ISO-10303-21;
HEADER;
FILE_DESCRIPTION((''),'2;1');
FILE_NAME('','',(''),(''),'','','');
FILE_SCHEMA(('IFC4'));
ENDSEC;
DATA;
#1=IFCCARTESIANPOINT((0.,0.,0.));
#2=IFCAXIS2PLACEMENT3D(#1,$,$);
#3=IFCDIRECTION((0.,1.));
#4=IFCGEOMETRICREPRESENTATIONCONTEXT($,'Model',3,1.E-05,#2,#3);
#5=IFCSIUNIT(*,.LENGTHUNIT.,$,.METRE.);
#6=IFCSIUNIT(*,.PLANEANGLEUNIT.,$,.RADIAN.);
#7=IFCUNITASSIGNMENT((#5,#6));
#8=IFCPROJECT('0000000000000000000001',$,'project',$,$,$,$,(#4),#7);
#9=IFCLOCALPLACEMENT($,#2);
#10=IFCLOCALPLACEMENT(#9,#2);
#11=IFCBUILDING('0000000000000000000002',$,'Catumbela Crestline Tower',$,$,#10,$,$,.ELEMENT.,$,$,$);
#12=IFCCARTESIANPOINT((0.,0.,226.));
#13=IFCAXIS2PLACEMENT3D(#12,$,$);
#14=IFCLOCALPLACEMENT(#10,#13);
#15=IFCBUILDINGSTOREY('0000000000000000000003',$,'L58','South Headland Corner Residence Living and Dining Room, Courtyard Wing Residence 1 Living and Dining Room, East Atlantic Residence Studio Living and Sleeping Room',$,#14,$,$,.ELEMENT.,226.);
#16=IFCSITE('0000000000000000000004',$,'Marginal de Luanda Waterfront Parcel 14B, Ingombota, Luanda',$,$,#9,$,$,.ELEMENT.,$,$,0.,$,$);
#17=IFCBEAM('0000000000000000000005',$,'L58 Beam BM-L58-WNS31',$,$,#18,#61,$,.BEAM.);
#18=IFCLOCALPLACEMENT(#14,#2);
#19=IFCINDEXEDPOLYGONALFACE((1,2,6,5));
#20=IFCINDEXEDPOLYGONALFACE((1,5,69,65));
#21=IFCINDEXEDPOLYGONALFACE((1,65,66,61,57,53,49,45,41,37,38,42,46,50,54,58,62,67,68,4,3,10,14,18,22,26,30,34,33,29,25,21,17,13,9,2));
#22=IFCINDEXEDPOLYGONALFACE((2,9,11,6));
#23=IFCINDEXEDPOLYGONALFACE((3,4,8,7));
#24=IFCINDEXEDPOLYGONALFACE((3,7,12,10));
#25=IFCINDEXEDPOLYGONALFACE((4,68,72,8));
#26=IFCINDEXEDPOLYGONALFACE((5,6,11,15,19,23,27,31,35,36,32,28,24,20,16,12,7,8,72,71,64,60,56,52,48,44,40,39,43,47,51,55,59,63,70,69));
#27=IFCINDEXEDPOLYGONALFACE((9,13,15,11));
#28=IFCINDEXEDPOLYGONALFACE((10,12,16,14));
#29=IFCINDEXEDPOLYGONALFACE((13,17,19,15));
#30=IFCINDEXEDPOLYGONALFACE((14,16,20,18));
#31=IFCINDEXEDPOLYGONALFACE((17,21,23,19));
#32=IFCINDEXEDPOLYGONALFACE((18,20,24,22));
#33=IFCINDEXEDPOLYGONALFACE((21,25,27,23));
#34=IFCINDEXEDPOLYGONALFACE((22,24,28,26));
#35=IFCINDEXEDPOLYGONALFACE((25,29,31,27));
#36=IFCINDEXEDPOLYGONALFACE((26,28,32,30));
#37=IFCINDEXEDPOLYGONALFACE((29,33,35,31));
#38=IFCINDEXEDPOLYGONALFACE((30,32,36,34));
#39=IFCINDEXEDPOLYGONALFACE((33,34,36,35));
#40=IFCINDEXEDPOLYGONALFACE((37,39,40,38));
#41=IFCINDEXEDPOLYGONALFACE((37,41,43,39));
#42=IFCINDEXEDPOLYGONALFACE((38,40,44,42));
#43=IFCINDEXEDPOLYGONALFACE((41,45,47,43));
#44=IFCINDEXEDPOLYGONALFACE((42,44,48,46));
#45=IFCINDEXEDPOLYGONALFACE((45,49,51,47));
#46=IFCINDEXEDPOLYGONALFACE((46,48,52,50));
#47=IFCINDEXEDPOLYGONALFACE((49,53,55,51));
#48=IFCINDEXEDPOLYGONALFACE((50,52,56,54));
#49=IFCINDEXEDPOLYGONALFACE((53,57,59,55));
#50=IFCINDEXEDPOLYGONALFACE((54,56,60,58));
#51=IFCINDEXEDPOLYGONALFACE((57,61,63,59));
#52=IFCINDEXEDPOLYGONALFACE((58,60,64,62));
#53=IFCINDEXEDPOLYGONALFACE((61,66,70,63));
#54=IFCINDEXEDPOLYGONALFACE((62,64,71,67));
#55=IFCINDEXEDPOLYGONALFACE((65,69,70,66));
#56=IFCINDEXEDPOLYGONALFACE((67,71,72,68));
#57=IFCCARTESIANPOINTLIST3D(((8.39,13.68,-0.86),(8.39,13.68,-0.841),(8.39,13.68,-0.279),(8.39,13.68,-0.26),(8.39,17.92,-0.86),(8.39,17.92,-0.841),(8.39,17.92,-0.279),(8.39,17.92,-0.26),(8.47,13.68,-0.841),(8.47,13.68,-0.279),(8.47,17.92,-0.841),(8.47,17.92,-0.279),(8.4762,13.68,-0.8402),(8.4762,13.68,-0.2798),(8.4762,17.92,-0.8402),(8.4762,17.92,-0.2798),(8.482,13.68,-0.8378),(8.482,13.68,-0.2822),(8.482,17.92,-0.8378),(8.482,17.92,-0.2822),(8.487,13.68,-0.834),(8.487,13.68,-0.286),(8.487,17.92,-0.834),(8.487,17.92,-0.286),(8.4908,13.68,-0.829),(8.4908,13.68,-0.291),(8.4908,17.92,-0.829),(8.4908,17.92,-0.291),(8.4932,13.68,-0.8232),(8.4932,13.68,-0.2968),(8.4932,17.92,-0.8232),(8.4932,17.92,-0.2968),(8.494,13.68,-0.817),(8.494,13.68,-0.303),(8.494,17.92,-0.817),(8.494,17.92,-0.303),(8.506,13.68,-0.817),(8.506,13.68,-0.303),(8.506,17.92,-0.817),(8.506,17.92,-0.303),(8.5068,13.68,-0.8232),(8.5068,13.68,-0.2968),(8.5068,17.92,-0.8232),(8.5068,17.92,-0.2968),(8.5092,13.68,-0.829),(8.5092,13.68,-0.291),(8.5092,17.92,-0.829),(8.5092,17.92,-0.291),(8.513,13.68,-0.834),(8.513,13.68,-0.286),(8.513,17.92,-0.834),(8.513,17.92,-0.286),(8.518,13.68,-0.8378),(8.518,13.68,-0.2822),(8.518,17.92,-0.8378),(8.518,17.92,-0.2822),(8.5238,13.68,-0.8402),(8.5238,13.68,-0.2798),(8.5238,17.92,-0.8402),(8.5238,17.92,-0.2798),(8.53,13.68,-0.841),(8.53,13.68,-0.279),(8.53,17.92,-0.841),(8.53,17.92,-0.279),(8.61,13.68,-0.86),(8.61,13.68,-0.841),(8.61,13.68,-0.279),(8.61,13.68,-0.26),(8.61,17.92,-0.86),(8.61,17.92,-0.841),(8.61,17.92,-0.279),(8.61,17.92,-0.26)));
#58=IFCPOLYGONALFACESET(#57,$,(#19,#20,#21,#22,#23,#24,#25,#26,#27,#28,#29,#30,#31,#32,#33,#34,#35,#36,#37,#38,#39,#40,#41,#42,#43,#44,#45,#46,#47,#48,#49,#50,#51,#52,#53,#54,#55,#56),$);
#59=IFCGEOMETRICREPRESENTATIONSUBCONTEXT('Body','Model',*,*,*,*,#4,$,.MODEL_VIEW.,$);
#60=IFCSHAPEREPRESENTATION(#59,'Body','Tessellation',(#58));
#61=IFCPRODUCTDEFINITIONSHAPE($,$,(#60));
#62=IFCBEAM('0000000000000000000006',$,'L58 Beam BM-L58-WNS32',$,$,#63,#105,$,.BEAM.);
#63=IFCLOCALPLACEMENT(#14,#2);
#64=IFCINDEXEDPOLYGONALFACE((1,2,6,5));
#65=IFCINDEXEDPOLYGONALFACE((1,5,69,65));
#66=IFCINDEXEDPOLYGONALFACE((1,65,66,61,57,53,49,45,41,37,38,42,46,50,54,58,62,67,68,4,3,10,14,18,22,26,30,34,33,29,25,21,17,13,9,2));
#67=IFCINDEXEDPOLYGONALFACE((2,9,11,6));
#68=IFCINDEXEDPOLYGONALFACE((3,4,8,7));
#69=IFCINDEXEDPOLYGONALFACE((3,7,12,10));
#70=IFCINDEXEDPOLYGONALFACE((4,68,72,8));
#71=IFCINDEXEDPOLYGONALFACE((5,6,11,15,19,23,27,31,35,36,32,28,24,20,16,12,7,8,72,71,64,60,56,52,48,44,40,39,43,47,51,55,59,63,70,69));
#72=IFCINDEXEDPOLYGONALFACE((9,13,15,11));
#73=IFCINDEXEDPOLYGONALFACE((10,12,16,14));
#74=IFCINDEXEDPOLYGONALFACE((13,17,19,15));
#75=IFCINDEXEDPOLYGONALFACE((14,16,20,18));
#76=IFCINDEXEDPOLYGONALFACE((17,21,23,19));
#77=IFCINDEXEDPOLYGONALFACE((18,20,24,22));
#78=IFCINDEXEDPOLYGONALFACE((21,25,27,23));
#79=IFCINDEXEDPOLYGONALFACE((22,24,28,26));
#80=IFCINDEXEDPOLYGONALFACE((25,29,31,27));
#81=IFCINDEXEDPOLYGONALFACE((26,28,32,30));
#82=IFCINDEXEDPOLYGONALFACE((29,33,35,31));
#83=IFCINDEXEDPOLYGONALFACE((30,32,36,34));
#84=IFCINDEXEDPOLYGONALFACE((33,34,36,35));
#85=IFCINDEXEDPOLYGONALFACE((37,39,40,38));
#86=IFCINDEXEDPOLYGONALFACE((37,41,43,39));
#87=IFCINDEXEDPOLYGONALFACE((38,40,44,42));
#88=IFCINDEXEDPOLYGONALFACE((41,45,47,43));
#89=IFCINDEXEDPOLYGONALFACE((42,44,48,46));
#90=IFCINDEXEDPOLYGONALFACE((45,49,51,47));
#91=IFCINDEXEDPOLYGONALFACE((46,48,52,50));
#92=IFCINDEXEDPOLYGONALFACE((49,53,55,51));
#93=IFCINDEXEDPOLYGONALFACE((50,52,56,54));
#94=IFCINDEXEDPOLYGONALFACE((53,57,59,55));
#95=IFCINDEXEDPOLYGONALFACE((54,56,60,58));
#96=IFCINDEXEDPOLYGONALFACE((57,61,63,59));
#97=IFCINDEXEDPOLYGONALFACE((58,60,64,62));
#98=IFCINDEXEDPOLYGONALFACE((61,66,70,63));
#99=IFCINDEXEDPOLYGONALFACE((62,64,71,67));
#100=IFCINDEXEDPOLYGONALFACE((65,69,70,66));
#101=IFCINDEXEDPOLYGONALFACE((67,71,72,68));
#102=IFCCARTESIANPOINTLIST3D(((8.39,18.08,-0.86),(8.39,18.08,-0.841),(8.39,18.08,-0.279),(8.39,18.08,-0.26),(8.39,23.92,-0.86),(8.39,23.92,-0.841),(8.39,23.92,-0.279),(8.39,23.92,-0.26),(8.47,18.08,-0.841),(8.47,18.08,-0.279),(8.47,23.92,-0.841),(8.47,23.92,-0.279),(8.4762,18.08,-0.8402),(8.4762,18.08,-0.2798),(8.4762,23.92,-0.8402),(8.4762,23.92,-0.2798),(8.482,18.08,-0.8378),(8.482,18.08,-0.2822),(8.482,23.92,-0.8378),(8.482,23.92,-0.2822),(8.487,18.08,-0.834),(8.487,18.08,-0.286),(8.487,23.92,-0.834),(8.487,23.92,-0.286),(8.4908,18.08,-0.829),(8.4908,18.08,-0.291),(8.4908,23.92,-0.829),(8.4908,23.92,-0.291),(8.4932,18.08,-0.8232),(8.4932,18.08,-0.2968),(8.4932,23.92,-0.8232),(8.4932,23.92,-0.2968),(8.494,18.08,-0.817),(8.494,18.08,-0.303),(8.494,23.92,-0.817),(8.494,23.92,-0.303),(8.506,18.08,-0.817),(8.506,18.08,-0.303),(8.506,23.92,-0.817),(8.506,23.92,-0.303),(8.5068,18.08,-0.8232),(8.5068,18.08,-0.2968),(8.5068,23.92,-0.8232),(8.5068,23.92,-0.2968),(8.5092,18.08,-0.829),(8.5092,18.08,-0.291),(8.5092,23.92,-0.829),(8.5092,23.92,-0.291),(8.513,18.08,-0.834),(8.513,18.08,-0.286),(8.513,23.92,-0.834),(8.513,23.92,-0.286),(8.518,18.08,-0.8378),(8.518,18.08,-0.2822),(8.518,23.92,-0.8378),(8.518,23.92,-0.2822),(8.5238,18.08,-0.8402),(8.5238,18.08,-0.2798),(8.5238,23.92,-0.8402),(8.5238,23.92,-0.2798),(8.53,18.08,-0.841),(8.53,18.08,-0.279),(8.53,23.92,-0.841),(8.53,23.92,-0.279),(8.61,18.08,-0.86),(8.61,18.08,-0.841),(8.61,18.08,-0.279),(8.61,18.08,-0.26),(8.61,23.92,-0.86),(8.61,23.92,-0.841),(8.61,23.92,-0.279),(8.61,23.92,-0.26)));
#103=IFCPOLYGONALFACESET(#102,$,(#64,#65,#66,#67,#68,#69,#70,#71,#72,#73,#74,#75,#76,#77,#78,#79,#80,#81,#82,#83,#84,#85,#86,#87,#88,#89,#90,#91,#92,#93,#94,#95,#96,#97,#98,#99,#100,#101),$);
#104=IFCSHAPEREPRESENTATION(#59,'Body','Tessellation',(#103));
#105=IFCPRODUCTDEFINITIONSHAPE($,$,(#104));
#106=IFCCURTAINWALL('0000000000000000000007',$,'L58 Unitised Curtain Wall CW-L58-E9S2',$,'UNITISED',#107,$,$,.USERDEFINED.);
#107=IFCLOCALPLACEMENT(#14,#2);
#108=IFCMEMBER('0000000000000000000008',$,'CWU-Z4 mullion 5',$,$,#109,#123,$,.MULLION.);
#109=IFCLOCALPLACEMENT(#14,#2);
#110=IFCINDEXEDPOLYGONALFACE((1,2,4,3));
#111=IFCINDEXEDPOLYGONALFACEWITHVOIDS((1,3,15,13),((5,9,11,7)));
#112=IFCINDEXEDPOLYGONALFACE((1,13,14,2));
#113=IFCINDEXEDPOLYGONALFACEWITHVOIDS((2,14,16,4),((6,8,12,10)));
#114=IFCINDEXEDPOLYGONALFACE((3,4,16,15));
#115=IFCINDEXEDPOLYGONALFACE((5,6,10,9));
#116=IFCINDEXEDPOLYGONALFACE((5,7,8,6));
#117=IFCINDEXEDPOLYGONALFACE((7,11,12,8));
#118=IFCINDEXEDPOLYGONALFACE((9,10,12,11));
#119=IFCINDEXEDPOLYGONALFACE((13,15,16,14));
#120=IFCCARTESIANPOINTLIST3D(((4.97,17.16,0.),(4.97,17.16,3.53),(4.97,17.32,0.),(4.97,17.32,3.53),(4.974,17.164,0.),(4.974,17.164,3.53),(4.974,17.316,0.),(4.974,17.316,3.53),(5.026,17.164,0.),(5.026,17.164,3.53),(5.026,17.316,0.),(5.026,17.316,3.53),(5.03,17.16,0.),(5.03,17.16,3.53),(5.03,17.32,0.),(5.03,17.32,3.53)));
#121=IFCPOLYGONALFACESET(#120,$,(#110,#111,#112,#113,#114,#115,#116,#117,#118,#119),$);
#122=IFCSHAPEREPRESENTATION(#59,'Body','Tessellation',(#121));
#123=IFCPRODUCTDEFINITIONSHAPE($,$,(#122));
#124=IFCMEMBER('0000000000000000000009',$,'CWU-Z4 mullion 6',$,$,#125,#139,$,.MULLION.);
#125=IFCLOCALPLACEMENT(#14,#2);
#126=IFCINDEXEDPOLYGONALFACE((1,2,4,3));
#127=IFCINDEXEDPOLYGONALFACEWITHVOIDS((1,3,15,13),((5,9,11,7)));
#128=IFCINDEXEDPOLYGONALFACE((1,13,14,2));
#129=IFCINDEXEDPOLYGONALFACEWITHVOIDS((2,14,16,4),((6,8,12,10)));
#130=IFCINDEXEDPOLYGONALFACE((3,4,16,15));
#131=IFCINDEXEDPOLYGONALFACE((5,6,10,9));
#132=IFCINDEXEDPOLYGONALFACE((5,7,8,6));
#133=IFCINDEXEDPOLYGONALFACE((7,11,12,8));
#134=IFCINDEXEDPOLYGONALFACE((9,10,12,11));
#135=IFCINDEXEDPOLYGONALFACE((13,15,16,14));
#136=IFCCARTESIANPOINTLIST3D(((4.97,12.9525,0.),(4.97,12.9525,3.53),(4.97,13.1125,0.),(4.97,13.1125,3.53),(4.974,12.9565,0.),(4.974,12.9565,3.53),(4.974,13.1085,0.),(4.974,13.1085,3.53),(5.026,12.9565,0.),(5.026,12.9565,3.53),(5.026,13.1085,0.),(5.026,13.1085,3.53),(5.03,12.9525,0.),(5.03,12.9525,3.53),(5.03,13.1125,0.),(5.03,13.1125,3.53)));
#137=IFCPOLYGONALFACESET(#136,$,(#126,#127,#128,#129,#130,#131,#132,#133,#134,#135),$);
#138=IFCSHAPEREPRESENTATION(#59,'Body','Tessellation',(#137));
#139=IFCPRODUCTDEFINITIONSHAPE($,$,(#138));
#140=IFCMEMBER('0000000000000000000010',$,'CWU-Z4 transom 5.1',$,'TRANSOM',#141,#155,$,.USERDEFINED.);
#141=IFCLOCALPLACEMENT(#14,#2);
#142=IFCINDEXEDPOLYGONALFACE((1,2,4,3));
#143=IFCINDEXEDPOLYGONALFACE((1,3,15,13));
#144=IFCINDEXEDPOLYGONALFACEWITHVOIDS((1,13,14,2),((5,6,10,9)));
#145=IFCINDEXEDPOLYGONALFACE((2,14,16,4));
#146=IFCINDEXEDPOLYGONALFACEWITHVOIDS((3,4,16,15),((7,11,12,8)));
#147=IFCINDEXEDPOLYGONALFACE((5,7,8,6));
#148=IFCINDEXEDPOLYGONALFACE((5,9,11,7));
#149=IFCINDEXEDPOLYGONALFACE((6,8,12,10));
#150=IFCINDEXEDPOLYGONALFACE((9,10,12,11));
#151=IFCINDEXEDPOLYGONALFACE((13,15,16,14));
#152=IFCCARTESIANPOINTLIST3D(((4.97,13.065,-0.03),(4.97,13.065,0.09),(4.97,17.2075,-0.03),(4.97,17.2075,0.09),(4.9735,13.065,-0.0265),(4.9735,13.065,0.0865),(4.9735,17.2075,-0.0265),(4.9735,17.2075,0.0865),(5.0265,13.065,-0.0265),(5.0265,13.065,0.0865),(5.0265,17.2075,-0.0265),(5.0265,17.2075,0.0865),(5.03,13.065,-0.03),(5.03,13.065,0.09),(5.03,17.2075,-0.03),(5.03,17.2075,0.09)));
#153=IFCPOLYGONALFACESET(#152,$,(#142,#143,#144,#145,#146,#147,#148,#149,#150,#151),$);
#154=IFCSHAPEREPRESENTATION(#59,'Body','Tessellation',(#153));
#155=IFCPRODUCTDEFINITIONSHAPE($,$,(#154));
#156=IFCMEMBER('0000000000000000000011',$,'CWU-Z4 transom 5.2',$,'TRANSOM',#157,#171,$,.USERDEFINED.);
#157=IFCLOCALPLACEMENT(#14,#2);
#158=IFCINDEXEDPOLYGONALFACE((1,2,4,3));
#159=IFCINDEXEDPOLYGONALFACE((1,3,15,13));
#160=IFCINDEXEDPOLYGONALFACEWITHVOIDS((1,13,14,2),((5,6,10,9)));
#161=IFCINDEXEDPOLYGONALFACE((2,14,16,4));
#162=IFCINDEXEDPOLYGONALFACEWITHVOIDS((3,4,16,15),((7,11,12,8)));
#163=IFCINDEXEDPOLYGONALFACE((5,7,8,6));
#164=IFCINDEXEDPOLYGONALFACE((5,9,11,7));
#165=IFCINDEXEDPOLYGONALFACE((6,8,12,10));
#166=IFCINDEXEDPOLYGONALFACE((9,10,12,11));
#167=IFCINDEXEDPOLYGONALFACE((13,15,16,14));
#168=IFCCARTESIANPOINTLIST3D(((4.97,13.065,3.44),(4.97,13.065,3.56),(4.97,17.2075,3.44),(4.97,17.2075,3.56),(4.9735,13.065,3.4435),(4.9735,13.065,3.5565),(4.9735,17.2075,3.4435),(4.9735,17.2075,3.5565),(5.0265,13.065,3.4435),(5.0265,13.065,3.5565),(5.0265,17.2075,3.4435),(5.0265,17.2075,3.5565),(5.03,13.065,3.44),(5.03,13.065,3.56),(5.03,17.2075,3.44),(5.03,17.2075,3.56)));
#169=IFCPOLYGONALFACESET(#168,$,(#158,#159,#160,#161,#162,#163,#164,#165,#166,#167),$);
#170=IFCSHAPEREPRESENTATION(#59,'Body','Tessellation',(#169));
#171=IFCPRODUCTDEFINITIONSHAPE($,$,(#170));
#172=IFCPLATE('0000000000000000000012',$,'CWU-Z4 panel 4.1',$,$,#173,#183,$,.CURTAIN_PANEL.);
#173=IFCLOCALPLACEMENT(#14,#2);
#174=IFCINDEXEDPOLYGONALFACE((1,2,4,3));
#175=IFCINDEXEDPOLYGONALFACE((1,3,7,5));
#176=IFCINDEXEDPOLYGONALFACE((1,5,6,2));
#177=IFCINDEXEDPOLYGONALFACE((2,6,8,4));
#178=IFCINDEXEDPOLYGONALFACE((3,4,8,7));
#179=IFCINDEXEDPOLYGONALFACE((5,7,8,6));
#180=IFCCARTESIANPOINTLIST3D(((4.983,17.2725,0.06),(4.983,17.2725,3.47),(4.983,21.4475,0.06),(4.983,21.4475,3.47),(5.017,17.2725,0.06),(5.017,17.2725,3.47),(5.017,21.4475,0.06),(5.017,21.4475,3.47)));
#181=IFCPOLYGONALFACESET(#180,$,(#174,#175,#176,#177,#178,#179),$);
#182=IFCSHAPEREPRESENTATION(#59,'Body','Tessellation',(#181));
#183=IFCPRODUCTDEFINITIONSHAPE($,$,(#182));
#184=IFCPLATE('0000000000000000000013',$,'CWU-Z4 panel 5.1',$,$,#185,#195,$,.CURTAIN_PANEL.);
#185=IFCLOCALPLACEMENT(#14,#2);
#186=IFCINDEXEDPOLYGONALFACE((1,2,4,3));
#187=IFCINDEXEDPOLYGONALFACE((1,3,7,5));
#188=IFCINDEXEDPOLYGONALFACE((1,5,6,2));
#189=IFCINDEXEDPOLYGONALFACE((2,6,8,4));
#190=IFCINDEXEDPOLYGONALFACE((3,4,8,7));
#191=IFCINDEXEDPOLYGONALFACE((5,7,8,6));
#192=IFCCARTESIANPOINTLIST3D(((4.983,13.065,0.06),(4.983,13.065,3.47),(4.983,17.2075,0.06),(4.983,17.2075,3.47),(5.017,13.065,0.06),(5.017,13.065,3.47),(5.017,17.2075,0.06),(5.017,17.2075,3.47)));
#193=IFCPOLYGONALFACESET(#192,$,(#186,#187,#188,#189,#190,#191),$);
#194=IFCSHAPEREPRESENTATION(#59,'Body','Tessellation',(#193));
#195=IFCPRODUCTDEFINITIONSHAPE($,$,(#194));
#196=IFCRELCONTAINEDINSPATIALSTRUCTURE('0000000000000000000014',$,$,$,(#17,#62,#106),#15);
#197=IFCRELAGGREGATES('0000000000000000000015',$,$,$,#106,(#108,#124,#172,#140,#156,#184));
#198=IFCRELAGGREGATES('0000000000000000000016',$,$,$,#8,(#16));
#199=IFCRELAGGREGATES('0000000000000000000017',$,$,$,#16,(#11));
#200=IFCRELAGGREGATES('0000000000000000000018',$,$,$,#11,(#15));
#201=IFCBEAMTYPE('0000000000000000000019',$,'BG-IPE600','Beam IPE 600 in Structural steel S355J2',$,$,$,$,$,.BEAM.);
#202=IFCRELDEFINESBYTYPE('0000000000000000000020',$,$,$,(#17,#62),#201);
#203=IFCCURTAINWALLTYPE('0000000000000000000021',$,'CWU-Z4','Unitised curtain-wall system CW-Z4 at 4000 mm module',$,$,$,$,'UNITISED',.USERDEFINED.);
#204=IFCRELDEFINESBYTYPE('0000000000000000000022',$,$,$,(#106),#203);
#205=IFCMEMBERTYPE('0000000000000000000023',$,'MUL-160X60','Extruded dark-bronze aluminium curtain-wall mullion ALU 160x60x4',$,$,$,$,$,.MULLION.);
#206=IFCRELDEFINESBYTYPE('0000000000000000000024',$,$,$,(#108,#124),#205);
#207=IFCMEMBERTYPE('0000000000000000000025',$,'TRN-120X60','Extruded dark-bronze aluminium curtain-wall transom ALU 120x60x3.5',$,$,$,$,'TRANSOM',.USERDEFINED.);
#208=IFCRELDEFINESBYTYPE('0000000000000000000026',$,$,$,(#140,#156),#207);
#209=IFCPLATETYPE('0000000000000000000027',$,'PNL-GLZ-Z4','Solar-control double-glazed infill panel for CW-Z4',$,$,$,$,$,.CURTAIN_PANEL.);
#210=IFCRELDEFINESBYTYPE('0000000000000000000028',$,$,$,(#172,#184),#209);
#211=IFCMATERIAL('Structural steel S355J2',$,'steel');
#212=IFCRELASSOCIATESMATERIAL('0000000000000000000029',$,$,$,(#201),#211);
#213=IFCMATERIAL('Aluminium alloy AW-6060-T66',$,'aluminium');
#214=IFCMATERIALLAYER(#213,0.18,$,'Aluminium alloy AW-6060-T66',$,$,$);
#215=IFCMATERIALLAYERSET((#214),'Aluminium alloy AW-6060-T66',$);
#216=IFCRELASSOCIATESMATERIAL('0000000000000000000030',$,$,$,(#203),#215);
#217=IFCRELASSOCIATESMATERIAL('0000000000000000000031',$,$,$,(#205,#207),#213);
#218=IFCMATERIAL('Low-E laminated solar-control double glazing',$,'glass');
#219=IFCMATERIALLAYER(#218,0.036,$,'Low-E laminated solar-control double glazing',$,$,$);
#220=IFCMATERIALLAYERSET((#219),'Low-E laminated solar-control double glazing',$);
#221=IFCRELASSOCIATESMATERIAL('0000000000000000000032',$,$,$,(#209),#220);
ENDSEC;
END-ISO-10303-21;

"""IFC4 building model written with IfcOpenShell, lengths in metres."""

from ifc_helpers import new_model, si_unit, direction, frame, origin, origin_2d, place, context, subcontext, project, spatial, rectangle, hollow_rectangle, i_section, extrude, material, layer, layer_set, material_profile, profile_set, type_object, element, aggregate, save


model = new_model("IFC4")

# Units and contexts
model_context = context("Model", 3, precision=1e-05, world=origin(), true_north=direction((0.0, 1.0)))
body_context = subcontext(model_context, "Body", "Model", "MODEL_VIEW")
ifc_project = project(units=[si_unit("LENGTHUNIT", "METRE"), si_unit("PLANEANGLEUNIT", "RADIAN")], contexts=[model_context])

# Site, building, storey
site_placement = place(None, origin())
site = spatial("IfcSite", under=ifc_project, at=site_placement, Name="Marginal de Luanda Waterfront Parcel 14B, Ingombota, Luanda", CompositionType="ELEMENT", RefElevation=0.0)
building_placement = place(site_placement, origin())
building = spatial("IfcBuilding", under=site, at=building_placement, Name="Catumbela Crestline Tower", CompositionType="ELEMENT")
storey_placement = place(building_placement, frame((0.0, 0.0, 226.0)))
storey = spatial("IfcBuildingStorey", under=building, at=storey_placement, Name="L58", Description="South Headland Corner Residence Living and Dining Room, Courtyard Wing Residence 1 Living and Dining Room, East Atlantic Residence Studio Living and Sleeping Room", CompositionType="ELEMENT", Elevation=226.0)

# Shared definitions
ifc_material_1 = material(Name="Structural steel S355J2", Category="steel")

# Beams
ifc_material_profile_1 = material_profile(ifc_material_1, i_section(OverallWidth=0.22, OverallDepth=0.6, WebThickness=0.012, FlangeThickness=0.019, FilletRadius=0.024, at=origin_2d()), Name="IPE 600")
ifc_profile_set_1 = profile_set([ifc_material_profile_1], Name="Structural steel S355J2")
beam_type = type_object("IfcBeamType", Name="BG-IPE600", Description="Beam IPE 600 in Structural steel S355J2", PredefinedType="BEAM", material=ifc_profile_set_1)
beam_1_placement = place(storey_placement, frame((8.5, 13.68, -0.56), z_axis=(0.0, 1.0, 0.0), x_axis=(-1.0, 0.0, 0.0)))
element("IfcBeam", 1, at=beam_1_placement, inside=storey, type_object=beam_type, Name="L58 Beam BM-L58-WNS31", PredefinedType="BEAM", context=body_context, shape_type="SweptSolid", body=[
    extrude(i_section(OverallWidth=0.22, OverallDepth=0.6, WebThickness=0.012, FlangeThickness=0.019, FilletRadius=0.024, at=origin_2d()), origin(), (0.0, 0.0, 1.0), 4.24),
])
beam_2_placement = place(storey_placement, frame((8.5, 18.08, -0.56), z_axis=(0.0, 1.0, 0.0), x_axis=(-1.0, 0.0, 0.0)))
element("IfcBeam", 2, at=beam_2_placement, inside=storey, type_object=beam_type, Name="L58 Beam BM-L58-WNS32", PredefinedType="BEAM", context=body_context, shape_type="SweptSolid", body=[
    extrude(i_section(OverallWidth=0.22, OverallDepth=0.6, WebThickness=0.012, FlangeThickness=0.019, FilletRadius=0.024, at=origin_2d()), origin(), (0.0, 0.0, 1.0), 5.84),
])

# Curtain wall, members, plates
ifc_material_2 = material(Name="Aluminium alloy AW-6060-T66", Category="aluminium")
ifc_layer_1 = layer(ifc_material_2, 0.18, Name="Aluminium alloy AW-6060-T66")
ifc_layer_set_1 = layer_set([ifc_layer_1], Name="Aluminium alloy AW-6060-T66")
curtain_wall_type = type_object("IfcCurtainWallType", Name="CWU-Z4", Description="Unitised curtain-wall system CW-Z4 at 4000 mm module", ElementType="UNITISED", PredefinedType="USERDEFINED", material=ifc_layer_set_1)
curtain_wall_placement = place(storey_placement, origin())
curtain_wall = element("IfcCurtainWall", 3, at=curtain_wall_placement, inside=storey, type_object=curtain_wall_type, Name="L58 Unitised Curtain Wall CW-L58-E9S2", ObjectType="UNITISED", PredefinedType="USERDEFINED")
ifc_material_profile_2 = material_profile(ifc_material_2, hollow_rectangle(XDim=0.06, YDim=0.16, WallThickness=0.004, at=origin_2d()), Name="ALU 160x60x4")
ifc_profile_set_2 = profile_set([ifc_material_profile_2], Name="Aluminium alloy AW-6060-T66")
member_type_1 = type_object("IfcMemberType", Name="MUL-160X60", Description="Extruded dark-bronze aluminium curtain-wall mullion ALU 160x60x4", PredefinedType="MULLION", material=ifc_profile_set_2)
member_1_placement = place(storey_placement, frame((5.0, 17.24, 0.0), z_axis=(0.0, 0.0, 1.0), x_axis=(1.0, 0.0, 0.0)))
member_1 = element("IfcMember", 4, at=member_1_placement, type_object=member_type_1, Name="CWU-Z4 mullion 5", PredefinedType="MULLION", context=body_context, shape_type="SweptSolid", body=[
    extrude(hollow_rectangle(XDim=0.06, YDim=0.16, WallThickness=0.004, at=origin_2d()), origin(), (0.0, 0.0, 1.0), 3.53),
])
member_2_placement = place(storey_placement, frame((5.0, 13.0325, 0.0), z_axis=(0.0, 0.0, 1.0), x_axis=(1.0, 0.0, 0.0)))
member_2 = element("IfcMember", 5, at=member_2_placement, type_object=member_type_1, Name="CWU-Z4 mullion 6", PredefinedType="MULLION", context=body_context, shape_type="SweptSolid", body=[
    extrude(hollow_rectangle(XDim=0.06, YDim=0.16, WallThickness=0.004, at=origin_2d()), origin(), (0.0, 0.0, 1.0), 3.53),
])
ifc_material_profile_3 = material_profile(ifc_material_2, hollow_rectangle(XDim=0.06, YDim=0.12, WallThickness=0.0035, at=origin_2d()), Name="ALU 120x60x3.5")
ifc_profile_set_3 = profile_set([ifc_material_profile_3], Name="Aluminium alloy AW-6060-T66")
member_type_2 = type_object("IfcMemberType", Name="TRN-120X60", Description="Extruded dark-bronze aluminium curtain-wall transom ALU 120x60x3.5", ElementType="TRANSOM", PredefinedType="USERDEFINED", material=ifc_profile_set_3)
member_3_placement = place(storey_placement, frame((5.0, 17.2075, 0.03), z_axis=(0.0, -1.0, 0.0), x_axis=(1.0, 0.0, 0.0)))
member_3 = element("IfcMember", 6, at=member_3_placement, type_object=member_type_2, Name="CWU-Z4 transom 5.1", ObjectType="TRANSOM", PredefinedType="USERDEFINED", context=body_context, shape_type="SweptSolid", body=[
    extrude(hollow_rectangle(XDim=0.06, YDim=0.12, WallThickness=0.0035, at=origin_2d()), origin(), (0.0, 0.0, 1.0), 4.1425),
])
member_4_placement = place(storey_placement, frame((5.0, 17.2075, 3.5), z_axis=(0.0, -1.0, 0.0), x_axis=(1.0, 0.0, 0.0)))
member_4 = element("IfcMember", 7, at=member_4_placement, type_object=member_type_2, Name="CWU-Z4 transom 5.2", ObjectType="TRANSOM", PredefinedType="USERDEFINED", context=body_context, shape_type="SweptSolid", body=[
    extrude(hollow_rectangle(XDim=0.06, YDim=0.12, WallThickness=0.0035, at=origin_2d()), origin(), (0.0, 0.0, 1.0), 4.1425),
])
ifc_material_3 = material(Name="Low-E laminated solar-control double glazing", Category="glass")
ifc_layer_2 = layer(ifc_material_3, 0.036, Name="Low-E laminated solar-control double glazing")
ifc_layer_set_2 = layer_set([ifc_layer_2], Name="Low-E laminated solar-control double glazing")
plate_type = type_object("IfcPlateType", Name="PNL-GLZ-Z4", Description="Solar-control double-glazed infill panel for CW-Z4", PredefinedType="CURTAIN_PANEL", material=ifc_layer_set_2)
plate_1_placement = place(storey_placement, frame((5.0, 19.36, 0.06), z_axis=(0.0, 0.0, 1.0), x_axis=(0.0, -1.0, 0.0)))
plate_1 = element("IfcPlate", 8, at=plate_1_placement, type_object=plate_type, Name="CWU-Z4 panel 4.1", PredefinedType="CURTAIN_PANEL", context=body_context, shape_type="SweptSolid", body=[
    extrude(rectangle(XDim=4.175, YDim=0.034, at=origin_2d()), origin(), (0.0, 0.0, 1.0), 3.41),
])
plate_2_placement = place(storey_placement, frame((5.0, 15.1362, 0.06), z_axis=(0.0, 0.0, 1.0), x_axis=(0.0, -1.0, 0.0)))
plate_2 = element("IfcPlate", 9, at=plate_2_placement, type_object=plate_type, Name="CWU-Z4 panel 5.1", PredefinedType="CURTAIN_PANEL", context=body_context, shape_type="SweptSolid", body=[
    extrude(rectangle(XDim=4.1425, YDim=0.034, at=origin_2d()), origin(), (0.0, 0.0, 1.0), 3.41),
])
aggregate(curtain_wall, [member_1, member_2, plate_1, member_3, member_4, plate_2])

save(model, "model.ifc")
